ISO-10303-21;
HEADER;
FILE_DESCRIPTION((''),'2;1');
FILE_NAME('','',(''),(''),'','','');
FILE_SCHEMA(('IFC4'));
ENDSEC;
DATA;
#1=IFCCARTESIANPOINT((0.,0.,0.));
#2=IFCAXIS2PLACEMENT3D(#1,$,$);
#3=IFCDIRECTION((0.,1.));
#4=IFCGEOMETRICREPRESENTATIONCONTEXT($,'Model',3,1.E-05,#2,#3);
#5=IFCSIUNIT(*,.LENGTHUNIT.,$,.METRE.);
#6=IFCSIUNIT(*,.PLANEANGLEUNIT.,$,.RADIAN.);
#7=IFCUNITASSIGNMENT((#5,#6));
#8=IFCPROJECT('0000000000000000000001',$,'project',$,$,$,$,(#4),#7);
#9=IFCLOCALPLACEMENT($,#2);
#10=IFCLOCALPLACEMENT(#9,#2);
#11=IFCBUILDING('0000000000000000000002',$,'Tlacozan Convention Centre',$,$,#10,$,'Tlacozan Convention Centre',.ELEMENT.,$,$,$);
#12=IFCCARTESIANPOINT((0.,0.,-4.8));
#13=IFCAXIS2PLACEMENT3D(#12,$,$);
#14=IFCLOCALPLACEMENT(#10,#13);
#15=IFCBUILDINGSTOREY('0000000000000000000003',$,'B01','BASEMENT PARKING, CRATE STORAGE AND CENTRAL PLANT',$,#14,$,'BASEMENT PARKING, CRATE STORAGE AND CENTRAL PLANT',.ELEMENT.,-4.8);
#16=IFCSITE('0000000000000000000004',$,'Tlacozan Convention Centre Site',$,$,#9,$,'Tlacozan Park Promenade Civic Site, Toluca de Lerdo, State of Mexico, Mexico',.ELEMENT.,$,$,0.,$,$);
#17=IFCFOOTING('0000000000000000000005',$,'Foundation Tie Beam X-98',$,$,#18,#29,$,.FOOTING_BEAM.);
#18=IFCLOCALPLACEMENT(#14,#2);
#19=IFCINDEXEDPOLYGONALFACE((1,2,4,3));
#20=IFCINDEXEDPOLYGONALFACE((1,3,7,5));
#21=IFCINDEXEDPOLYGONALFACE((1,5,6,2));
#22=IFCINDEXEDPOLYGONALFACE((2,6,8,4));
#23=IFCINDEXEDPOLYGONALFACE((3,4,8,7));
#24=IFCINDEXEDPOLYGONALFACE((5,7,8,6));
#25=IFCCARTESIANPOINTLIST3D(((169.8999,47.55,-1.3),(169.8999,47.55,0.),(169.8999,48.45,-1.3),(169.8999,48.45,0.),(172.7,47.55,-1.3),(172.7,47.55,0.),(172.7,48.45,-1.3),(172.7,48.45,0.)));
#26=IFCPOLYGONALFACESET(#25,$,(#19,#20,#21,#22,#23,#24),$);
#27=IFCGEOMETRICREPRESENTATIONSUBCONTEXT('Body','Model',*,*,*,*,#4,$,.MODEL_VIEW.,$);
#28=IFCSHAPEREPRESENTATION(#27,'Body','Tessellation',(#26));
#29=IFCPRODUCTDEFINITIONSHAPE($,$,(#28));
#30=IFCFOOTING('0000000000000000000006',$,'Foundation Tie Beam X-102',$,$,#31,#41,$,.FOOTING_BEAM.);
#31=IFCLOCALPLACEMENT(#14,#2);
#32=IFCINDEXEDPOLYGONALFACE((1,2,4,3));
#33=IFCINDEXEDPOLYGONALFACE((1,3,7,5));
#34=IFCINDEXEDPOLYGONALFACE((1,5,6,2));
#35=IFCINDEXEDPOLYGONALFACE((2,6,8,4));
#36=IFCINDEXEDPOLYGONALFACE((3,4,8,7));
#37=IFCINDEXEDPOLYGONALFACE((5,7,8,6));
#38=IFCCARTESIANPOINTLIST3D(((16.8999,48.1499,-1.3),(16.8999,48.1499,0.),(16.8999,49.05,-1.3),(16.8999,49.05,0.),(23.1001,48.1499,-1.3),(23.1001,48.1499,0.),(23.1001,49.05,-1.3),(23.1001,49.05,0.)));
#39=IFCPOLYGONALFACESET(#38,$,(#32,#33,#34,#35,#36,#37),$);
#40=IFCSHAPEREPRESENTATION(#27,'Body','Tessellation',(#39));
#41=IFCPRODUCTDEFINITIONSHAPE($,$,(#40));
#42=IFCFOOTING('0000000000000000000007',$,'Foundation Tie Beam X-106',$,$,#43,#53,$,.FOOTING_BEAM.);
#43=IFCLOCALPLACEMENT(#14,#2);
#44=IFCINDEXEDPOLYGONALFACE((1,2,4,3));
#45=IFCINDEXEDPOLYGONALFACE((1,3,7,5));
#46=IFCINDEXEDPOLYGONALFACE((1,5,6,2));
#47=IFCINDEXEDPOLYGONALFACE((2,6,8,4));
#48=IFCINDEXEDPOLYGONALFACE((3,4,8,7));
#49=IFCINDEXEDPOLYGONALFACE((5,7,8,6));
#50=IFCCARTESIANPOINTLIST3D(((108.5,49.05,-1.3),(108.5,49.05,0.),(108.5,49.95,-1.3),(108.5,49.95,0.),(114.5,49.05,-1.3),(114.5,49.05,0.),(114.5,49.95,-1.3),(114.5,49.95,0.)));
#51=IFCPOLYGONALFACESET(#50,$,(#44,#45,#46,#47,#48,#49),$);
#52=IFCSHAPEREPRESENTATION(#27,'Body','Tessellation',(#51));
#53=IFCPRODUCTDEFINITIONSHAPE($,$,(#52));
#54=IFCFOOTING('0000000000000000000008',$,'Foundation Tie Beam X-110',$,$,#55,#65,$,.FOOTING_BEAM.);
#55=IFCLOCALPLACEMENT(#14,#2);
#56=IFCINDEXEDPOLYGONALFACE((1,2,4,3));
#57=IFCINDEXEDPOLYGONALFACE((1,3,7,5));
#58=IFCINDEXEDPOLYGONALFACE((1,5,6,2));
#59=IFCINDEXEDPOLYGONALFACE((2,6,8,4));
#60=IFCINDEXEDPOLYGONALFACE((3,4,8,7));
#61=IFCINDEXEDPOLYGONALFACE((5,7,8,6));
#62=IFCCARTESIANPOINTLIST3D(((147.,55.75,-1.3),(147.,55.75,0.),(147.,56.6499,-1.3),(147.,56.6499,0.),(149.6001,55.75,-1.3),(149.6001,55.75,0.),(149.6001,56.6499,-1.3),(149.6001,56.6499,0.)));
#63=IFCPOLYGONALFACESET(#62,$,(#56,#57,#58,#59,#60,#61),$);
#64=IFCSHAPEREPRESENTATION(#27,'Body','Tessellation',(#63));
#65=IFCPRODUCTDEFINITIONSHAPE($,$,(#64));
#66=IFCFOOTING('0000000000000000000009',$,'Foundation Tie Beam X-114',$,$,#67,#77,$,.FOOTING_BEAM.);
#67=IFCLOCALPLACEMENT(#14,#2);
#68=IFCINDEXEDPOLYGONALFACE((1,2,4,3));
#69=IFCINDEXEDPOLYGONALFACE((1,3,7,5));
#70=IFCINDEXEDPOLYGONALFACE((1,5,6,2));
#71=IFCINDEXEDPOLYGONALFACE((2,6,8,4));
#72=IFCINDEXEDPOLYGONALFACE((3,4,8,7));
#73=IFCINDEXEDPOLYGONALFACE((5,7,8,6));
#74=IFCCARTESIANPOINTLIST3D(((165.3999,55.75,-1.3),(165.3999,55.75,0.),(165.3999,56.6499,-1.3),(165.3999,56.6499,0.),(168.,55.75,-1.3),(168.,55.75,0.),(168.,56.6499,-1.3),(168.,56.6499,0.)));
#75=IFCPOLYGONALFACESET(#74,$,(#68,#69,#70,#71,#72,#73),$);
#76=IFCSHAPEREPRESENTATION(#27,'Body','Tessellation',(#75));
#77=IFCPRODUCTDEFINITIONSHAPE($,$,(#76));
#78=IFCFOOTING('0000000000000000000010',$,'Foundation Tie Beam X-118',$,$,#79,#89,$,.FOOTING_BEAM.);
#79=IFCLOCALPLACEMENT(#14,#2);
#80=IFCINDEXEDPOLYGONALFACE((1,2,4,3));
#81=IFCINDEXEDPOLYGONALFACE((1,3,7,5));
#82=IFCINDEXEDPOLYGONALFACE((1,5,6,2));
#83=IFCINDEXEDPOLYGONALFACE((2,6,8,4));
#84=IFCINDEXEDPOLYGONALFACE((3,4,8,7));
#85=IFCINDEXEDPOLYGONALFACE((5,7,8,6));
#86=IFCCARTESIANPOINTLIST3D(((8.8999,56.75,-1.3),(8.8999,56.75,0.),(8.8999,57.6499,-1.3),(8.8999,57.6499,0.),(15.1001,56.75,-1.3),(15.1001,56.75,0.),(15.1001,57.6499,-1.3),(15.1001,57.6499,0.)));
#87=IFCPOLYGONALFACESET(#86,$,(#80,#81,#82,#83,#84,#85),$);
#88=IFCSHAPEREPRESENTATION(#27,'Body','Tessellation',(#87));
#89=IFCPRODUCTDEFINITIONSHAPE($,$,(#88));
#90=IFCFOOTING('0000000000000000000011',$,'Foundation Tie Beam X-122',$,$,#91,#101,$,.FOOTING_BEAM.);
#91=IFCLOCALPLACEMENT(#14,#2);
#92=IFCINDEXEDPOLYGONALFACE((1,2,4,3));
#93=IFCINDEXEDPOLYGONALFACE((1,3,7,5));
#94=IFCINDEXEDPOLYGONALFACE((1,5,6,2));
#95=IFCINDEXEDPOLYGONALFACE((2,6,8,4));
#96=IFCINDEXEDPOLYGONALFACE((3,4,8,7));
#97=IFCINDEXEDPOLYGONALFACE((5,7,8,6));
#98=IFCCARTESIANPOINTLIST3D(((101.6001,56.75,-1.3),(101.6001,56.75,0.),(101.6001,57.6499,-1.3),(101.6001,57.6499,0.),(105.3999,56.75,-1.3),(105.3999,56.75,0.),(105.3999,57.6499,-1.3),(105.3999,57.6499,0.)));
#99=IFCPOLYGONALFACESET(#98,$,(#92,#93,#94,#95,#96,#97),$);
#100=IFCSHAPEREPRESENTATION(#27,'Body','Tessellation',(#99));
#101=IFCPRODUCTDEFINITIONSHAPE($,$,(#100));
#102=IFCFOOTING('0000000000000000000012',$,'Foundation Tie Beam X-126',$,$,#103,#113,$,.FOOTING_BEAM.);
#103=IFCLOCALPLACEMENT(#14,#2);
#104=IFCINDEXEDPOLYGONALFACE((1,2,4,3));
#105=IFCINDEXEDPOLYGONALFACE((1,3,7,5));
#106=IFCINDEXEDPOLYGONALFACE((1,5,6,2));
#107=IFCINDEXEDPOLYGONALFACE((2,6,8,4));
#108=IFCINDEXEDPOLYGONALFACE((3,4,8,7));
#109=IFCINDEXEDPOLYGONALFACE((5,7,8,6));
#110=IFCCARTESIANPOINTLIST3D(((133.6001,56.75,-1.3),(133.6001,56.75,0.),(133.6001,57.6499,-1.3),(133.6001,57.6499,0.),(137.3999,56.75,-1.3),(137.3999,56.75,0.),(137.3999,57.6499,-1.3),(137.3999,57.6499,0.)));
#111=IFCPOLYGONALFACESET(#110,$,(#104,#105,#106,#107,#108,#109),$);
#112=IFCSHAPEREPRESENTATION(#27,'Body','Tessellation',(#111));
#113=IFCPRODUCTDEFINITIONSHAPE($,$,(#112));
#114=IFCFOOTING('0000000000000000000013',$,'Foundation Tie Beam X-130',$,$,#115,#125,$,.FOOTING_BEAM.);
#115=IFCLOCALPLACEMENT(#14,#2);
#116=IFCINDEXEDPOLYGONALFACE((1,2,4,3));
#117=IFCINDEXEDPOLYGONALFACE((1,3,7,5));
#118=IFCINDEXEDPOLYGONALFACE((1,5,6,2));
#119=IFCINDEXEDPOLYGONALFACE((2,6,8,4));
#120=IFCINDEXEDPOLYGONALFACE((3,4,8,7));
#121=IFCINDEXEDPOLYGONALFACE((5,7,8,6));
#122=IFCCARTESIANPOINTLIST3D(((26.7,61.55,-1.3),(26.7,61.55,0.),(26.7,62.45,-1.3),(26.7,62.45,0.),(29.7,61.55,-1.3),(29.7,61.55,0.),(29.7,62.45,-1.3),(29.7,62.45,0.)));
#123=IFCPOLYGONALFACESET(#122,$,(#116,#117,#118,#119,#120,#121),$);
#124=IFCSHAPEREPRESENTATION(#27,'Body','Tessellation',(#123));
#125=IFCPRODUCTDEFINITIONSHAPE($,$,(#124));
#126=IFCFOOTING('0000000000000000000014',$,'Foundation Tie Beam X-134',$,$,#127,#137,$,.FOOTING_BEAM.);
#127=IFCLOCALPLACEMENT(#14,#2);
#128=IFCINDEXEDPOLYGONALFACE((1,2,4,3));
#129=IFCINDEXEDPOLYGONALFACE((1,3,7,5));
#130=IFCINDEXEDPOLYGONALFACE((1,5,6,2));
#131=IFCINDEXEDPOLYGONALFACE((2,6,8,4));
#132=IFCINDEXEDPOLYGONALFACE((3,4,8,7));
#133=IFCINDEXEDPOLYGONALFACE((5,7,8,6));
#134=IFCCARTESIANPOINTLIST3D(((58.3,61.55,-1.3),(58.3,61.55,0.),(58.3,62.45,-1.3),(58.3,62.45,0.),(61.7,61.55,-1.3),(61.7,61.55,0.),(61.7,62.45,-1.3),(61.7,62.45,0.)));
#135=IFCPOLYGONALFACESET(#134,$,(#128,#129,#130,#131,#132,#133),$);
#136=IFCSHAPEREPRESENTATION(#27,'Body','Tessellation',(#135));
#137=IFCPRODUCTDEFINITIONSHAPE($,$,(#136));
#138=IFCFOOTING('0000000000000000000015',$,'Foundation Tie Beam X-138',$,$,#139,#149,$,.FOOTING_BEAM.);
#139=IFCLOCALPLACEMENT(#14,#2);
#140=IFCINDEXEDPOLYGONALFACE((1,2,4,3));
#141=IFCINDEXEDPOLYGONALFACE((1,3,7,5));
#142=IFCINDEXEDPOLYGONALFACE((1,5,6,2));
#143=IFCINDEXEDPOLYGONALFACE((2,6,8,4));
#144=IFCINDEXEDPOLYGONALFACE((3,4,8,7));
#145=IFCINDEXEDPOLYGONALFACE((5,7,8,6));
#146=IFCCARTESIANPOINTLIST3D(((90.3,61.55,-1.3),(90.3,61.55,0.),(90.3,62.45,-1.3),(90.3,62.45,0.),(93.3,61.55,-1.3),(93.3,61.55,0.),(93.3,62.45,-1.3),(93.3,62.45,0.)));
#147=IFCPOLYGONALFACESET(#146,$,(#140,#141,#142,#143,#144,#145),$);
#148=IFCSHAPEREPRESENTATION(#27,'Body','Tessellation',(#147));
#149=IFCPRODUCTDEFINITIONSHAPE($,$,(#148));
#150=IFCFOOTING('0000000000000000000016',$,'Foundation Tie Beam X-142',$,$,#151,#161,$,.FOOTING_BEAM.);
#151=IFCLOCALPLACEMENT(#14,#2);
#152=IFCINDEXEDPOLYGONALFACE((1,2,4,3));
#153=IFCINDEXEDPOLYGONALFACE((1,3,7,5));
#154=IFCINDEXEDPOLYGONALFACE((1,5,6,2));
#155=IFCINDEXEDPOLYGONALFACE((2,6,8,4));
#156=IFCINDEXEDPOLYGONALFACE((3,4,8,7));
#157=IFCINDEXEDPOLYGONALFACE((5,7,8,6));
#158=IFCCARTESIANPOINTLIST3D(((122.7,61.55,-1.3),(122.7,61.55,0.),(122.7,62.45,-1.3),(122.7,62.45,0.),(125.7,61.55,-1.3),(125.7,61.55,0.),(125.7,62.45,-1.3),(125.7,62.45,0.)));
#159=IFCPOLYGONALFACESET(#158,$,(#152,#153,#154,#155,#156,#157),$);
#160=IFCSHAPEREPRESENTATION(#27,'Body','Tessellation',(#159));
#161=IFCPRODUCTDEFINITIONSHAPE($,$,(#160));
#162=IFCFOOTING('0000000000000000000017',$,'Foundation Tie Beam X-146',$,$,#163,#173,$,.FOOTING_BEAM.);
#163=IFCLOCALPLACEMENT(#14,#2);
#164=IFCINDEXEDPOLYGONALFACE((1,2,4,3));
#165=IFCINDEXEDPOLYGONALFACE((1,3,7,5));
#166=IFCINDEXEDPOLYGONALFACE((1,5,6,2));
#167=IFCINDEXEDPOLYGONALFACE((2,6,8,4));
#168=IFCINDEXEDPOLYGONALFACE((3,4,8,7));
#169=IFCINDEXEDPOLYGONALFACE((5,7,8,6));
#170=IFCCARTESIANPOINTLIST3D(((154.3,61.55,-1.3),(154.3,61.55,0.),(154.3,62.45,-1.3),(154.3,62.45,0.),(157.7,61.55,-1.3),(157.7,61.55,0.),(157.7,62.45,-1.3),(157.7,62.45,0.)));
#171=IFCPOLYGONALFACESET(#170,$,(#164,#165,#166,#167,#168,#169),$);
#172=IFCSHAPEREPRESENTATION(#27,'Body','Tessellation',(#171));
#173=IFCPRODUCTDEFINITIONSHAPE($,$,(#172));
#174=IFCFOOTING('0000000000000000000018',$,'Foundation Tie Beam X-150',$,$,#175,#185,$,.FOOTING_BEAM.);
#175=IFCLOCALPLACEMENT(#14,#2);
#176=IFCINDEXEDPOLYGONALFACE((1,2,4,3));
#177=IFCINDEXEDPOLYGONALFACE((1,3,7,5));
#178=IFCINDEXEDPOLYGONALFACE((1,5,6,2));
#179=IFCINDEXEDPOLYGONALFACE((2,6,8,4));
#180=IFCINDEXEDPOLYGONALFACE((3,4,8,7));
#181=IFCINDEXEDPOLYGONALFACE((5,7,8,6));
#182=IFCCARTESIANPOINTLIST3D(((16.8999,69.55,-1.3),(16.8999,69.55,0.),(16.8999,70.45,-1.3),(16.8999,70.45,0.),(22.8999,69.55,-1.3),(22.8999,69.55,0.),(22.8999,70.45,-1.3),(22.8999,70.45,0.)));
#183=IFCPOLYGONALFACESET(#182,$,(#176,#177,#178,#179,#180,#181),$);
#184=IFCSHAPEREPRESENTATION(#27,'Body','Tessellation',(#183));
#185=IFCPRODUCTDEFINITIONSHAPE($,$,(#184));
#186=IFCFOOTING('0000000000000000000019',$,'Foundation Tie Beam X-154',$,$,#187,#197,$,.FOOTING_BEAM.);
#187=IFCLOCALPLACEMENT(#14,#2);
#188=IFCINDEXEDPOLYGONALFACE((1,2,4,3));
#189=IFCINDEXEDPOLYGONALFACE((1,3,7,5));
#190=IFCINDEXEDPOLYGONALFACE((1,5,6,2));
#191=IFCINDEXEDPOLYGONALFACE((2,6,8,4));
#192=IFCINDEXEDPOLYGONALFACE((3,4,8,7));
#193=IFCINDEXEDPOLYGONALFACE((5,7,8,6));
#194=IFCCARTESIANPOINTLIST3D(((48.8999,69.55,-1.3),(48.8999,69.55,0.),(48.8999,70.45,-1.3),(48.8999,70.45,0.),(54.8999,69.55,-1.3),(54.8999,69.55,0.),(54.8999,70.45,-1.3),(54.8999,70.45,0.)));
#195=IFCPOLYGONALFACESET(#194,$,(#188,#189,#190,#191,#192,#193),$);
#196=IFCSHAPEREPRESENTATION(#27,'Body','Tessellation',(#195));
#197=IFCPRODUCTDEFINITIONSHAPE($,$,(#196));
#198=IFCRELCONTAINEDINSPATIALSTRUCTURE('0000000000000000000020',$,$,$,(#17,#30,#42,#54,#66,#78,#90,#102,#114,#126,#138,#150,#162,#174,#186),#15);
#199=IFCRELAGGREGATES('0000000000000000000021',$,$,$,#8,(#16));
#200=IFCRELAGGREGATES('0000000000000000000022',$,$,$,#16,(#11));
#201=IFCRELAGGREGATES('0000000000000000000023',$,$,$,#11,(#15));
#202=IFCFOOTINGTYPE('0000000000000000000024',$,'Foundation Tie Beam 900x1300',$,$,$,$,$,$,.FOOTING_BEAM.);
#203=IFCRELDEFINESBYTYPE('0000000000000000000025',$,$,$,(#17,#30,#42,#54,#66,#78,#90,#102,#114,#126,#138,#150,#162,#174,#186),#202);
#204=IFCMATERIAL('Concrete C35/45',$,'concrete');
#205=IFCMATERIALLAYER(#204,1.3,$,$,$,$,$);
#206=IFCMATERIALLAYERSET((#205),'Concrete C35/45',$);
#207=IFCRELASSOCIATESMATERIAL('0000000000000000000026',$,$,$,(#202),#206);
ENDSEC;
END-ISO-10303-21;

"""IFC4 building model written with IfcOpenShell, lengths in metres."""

from ifc_helpers import new_model, si_unit, direction, frame, origin, place, context, subcontext, project, spatial, polyline, outline, extrude, material, layer, layer_set, type_object, element, save


model = new_model("IFC4")

# Units and contexts
model_context = context("Model", 3, precision=1e-05, world=origin(), true_north=direction((0.0, 1.0)))
body_context = subcontext(model_context, "Body", "Model", "MODEL_VIEW")
ifc_project = project(units=[si_unit("LENGTHUNIT", "METRE"), si_unit("PLANEANGLEUNIT", "RADIAN")], contexts=[model_context])

# Site, building, storey
site_placement = place(None, origin())
site = spatial("IfcSite", under=ifc_project, at=site_placement, Name="Tlacozan Convention Centre Site", LongName="Tlacozan Park Promenade Civic Site, Toluca de Lerdo, State of Mexico, Mexico", CompositionType="ELEMENT", RefElevation=0.0)
building_placement = place(site_placement, origin())
building = spatial("IfcBuilding", under=site, at=building_placement, Name="Tlacozan Convention Centre", LongName="Tlacozan Convention Centre", CompositionType="ELEMENT")
storey_placement = place(building_placement, frame((0.0, 0.0, -4.8)))
storey = spatial("IfcBuildingStorey", under=building, at=storey_placement, Name="B01", Description="BASEMENT PARKING, CRATE STORAGE AND CENTRAL PLANT", LongName="BASEMENT PARKING, CRATE STORAGE AND CENTRAL PLANT", CompositionType="ELEMENT", Elevation=-4.8)

# Footings
ifc_material = material(Name="Concrete C35/45", Category="concrete")
ifc_layer = layer(ifc_material, 1.3)
ifc_layer_set = layer_set([ifc_layer], Name="Concrete C35/45")
footing_type = type_object("IfcFootingType", Name="Foundation Tie Beam 900x1300", PredefinedType="FOOTING_BEAM", material=ifc_layer_set)
footing_1_placement = place(storey_placement, frame((0.0, 0.0, -1.3)))
element("IfcFooting", 1, at=footing_1_placement, inside=storey, type_object=footing_type, Name="Foundation Tie Beam X-98", PredefinedType="FOOTING_BEAM", context=body_context, shape_type="SweptSolid", body=[
    extrude(outline(polyline([(169.8999, 47.55), (172.7, 47.55), (172.7, 48.45), (169.8999, 48.45), (169.8999, 47.55)])), origin(), (0.0, 0.0, 1.0), 1.3),
])
footing_2_placement = place(storey_placement, frame((0.0, 0.0, -1.3)))
element("IfcFooting", 2, at=footing_2_placement, inside=storey, type_object=footing_type, Name="Foundation Tie Beam X-102", PredefinedType="FOOTING_BEAM", context=body_context, shape_type="SweptSolid", body=[
    extrude(outline(polyline([(16.8999, 48.1499), (23.1001, 48.1499), (23.1001, 49.05), (16.8999, 49.05), (16.8999, 48.1499)])), origin(), (0.0, 0.0, 1.0), 1.3),
])
footing_3_placement = place(storey_placement, frame((0.0, 0.0, -1.3)))
element("IfcFooting", 3, at=footing_3_placement, inside=storey, type_object=footing_type, Name="Foundation Tie Beam X-106", PredefinedType="FOOTING_BEAM", context=body_context, shape_type="SweptSolid", body=[
    extrude(outline(polyline([(108.5, 49.05), (114.5, 49.05), (114.5, 49.95), (108.5, 49.95), (108.5, 49.05)])), origin(), (0.0, 0.0, 1.0), 1.3),
])
footing_4_placement = place(storey_placement, frame((0.0, 0.0, -1.3)))
element("IfcFooting", 4, at=footing_4_placement, inside=storey, type_object=footing_type, Name="Foundation Tie Beam X-110", PredefinedType="FOOTING_BEAM", context=body_context, shape_type="SweptSolid", body=[
    extrude(outline(polyline([(147.0, 55.75), (149.6001, 55.75), (149.6001, 56.6499), (147.0, 56.6499), (147.0, 55.75)])), origin(), (0.0, 0.0, 1.0), 1.3),
])
footing_5_placement = place(storey_placement, frame((0.0, 0.0, -1.3)))
element("IfcFooting", 5, at=footing_5_placement, inside=storey, type_object=footing_type, Name="Foundation Tie Beam X-114", PredefinedType="FOOTING_BEAM", context=body_context, shape_type="SweptSolid", body=[
    extrude(outline(polyline([(165.3999, 55.75), (168.0, 55.75), (168.0, 56.6499), (165.3999, 56.6499), (165.3999, 55.75)])), origin(), (0.0, 0.0, 1.0), 1.3),
])
footing_6_placement = place(storey_placement, frame((0.0, 0.0, -1.3)))
element("IfcFooting", 6, at=footing_6_placement, inside=storey, type_object=footing_type, Name="Foundation Tie Beam X-118", PredefinedType="FOOTING_BEAM", context=body_context, shape_type="SweptSolid", body=[
    extrude(outline(polyline([(8.8999, 56.75), (15.1001, 56.75), (15.1001, 57.6499), (8.8999, 57.6499), (8.8999, 56.75)])), origin(), (0.0, 0.0, 1.0), 1.3),
])
footing_7_placement = place(storey_placement, frame((0.0, 0.0, -1.3)))
element("IfcFooting", 7, at=footing_7_placement, inside=storey, type_object=footing_type, Name="Foundation Tie Beam X-122", PredefinedType="FOOTING_BEAM", context=body_context, shape_type="SweptSolid", body=[
    extrude(outline(polyline([(101.6001, 56.75), (105.3999, 56.75), (105.3999, 57.6499), (101.6001, 57.6499), (101.6001, 56.75)])), origin(), (0.0, 0.0, 1.0), 1.3),
])
footing_8_placement = place(storey_placement, frame((0.0, 0.0, -1.3)))
element("IfcFooting", 8, at=footing_8_placement, inside=storey, type_object=footing_type, Name="Foundation Tie Beam X-126", PredefinedType="FOOTING_BEAM", context=body_context, shape_type="SweptSolid", body=[
    extrude(outline(polyline([(133.6001, 56.75), (137.3999, 56.75), (137.3999, 57.6499), (133.6001, 57.6499), (133.6001, 56.75)])), origin(), (0.0, 0.0, 1.0), 1.3),
])
footing_9_placement = place(storey_placement, frame((0.0, 0.0, -1.3)))
element("IfcFooting", 9, at=footing_9_placement, inside=storey, type_object=footing_type, Name="Foundation Tie Beam X-130", PredefinedType="FOOTING_BEAM", context=body_context, shape_type="SweptSolid", body=[
    extrude(outline(polyline([(26.7, 61.55), (29.7, 61.55), (29.7, 62.45), (26.7, 62.45), (26.7, 61.55)])), origin(), (0.0, 0.0, 1.0), 1.3),
])
footing_10_placement = place(storey_placement, frame((0.0, 0.0, -1.3)))
element("IfcFooting", 10, at=footing_10_placement, inside=storey, type_object=footing_type, Name="Foundation Tie Beam X-134", PredefinedType="FOOTING_BEAM", context=body_context, shape_type="SweptSolid", body=[
    extrude(outline(polyline([(58.3, 61.55), (61.7, 61.55), (61.7, 62.45), (58.3, 62.45), (58.3, 61.55)])), origin(), (0.0, 0.0, 1.0), 1.3),
])
footing_11_placement = place(storey_placement, frame((0.0, 0.0, -1.3)))
element("IfcFooting", 11, at=footing_11_placement, inside=storey, type_object=footing_type, Name="Foundation Tie Beam X-138", PredefinedType="FOOTING_BEAM", context=body_context, shape_type="SweptSolid", body=[
    extrude(outline(polyline([(90.3, 61.55), (93.3, 61.55), (93.3, 62.45), (90.3, 62.45), (90.3, 61.55)])), origin(), (0.0, 0.0, 1.0), 1.3),
])
footing_12_placement = place(storey_placement, frame((0.0, 0.0, -1.3)))
element("IfcFooting", 12, at=footing_12_placement, inside=storey, type_object=footing_type, Name="Foundation Tie Beam X-142", PredefinedType="FOOTING_BEAM", context=body_context, shape_type="SweptSolid", body=[
    extrude(outline(polyline([(122.7, 61.55), (125.7, 61.55), (125.7, 62.45), (122.7, 62.45), (122.7, 61.55)])), origin(), (0.0, 0.0, 1.0), 1.3),
])
footing_13_placement = place(storey_placement, frame((0.0, 0.0, -1.3)))
element("IfcFooting", 13, at=footing_13_placement, inside=storey, type_object=footing_type, Name="Foundation Tie Beam X-146", PredefinedType="FOOTING_BEAM", context=body_context, shape_type="SweptSolid", body=[
    extrude(outline(polyline([(154.3, 61.55), (157.7, 61.55), (157.7, 62.45), (154.3, 62.45), (154.3, 61.55)])), origin(), (0.0, 0.0, 1.0), 1.3),
])
footing_14_placement = place(storey_placement, frame((0.0, 0.0, -1.3)))
element("IfcFooting", 14, at=footing_14_placement, inside=storey, type_object=footing_type, Name="Foundation Tie Beam X-150", PredefinedType="FOOTING_BEAM", context=body_context, shape_type="SweptSolid", body=[
    extrude(outline(polyline([(16.8999, 69.55), (22.8999, 69.55), (22.8999, 70.45), (16.8999, 70.45), (16.8999, 69.55)])), origin(), (0.0, 0.0, 1.0), 1.3),
])
footing_15_placement = place(storey_placement, frame((0.0, 0.0, -1.3)))
element("IfcFooting", 15, at=footing_15_placement, inside=storey, type_object=footing_type, Name="Foundation Tie Beam X-154", PredefinedType="FOOTING_BEAM", context=body_context, shape_type="SweptSolid", body=[
    extrude(outline(polyline([(48.8999, 69.55), (54.8999, 69.55), (54.8999, 70.45), (48.8999, 70.45), (48.8999, 69.55)])), origin(), (0.0, 0.0, 1.0), 1.3),
])

save(model, "model.ifc")
